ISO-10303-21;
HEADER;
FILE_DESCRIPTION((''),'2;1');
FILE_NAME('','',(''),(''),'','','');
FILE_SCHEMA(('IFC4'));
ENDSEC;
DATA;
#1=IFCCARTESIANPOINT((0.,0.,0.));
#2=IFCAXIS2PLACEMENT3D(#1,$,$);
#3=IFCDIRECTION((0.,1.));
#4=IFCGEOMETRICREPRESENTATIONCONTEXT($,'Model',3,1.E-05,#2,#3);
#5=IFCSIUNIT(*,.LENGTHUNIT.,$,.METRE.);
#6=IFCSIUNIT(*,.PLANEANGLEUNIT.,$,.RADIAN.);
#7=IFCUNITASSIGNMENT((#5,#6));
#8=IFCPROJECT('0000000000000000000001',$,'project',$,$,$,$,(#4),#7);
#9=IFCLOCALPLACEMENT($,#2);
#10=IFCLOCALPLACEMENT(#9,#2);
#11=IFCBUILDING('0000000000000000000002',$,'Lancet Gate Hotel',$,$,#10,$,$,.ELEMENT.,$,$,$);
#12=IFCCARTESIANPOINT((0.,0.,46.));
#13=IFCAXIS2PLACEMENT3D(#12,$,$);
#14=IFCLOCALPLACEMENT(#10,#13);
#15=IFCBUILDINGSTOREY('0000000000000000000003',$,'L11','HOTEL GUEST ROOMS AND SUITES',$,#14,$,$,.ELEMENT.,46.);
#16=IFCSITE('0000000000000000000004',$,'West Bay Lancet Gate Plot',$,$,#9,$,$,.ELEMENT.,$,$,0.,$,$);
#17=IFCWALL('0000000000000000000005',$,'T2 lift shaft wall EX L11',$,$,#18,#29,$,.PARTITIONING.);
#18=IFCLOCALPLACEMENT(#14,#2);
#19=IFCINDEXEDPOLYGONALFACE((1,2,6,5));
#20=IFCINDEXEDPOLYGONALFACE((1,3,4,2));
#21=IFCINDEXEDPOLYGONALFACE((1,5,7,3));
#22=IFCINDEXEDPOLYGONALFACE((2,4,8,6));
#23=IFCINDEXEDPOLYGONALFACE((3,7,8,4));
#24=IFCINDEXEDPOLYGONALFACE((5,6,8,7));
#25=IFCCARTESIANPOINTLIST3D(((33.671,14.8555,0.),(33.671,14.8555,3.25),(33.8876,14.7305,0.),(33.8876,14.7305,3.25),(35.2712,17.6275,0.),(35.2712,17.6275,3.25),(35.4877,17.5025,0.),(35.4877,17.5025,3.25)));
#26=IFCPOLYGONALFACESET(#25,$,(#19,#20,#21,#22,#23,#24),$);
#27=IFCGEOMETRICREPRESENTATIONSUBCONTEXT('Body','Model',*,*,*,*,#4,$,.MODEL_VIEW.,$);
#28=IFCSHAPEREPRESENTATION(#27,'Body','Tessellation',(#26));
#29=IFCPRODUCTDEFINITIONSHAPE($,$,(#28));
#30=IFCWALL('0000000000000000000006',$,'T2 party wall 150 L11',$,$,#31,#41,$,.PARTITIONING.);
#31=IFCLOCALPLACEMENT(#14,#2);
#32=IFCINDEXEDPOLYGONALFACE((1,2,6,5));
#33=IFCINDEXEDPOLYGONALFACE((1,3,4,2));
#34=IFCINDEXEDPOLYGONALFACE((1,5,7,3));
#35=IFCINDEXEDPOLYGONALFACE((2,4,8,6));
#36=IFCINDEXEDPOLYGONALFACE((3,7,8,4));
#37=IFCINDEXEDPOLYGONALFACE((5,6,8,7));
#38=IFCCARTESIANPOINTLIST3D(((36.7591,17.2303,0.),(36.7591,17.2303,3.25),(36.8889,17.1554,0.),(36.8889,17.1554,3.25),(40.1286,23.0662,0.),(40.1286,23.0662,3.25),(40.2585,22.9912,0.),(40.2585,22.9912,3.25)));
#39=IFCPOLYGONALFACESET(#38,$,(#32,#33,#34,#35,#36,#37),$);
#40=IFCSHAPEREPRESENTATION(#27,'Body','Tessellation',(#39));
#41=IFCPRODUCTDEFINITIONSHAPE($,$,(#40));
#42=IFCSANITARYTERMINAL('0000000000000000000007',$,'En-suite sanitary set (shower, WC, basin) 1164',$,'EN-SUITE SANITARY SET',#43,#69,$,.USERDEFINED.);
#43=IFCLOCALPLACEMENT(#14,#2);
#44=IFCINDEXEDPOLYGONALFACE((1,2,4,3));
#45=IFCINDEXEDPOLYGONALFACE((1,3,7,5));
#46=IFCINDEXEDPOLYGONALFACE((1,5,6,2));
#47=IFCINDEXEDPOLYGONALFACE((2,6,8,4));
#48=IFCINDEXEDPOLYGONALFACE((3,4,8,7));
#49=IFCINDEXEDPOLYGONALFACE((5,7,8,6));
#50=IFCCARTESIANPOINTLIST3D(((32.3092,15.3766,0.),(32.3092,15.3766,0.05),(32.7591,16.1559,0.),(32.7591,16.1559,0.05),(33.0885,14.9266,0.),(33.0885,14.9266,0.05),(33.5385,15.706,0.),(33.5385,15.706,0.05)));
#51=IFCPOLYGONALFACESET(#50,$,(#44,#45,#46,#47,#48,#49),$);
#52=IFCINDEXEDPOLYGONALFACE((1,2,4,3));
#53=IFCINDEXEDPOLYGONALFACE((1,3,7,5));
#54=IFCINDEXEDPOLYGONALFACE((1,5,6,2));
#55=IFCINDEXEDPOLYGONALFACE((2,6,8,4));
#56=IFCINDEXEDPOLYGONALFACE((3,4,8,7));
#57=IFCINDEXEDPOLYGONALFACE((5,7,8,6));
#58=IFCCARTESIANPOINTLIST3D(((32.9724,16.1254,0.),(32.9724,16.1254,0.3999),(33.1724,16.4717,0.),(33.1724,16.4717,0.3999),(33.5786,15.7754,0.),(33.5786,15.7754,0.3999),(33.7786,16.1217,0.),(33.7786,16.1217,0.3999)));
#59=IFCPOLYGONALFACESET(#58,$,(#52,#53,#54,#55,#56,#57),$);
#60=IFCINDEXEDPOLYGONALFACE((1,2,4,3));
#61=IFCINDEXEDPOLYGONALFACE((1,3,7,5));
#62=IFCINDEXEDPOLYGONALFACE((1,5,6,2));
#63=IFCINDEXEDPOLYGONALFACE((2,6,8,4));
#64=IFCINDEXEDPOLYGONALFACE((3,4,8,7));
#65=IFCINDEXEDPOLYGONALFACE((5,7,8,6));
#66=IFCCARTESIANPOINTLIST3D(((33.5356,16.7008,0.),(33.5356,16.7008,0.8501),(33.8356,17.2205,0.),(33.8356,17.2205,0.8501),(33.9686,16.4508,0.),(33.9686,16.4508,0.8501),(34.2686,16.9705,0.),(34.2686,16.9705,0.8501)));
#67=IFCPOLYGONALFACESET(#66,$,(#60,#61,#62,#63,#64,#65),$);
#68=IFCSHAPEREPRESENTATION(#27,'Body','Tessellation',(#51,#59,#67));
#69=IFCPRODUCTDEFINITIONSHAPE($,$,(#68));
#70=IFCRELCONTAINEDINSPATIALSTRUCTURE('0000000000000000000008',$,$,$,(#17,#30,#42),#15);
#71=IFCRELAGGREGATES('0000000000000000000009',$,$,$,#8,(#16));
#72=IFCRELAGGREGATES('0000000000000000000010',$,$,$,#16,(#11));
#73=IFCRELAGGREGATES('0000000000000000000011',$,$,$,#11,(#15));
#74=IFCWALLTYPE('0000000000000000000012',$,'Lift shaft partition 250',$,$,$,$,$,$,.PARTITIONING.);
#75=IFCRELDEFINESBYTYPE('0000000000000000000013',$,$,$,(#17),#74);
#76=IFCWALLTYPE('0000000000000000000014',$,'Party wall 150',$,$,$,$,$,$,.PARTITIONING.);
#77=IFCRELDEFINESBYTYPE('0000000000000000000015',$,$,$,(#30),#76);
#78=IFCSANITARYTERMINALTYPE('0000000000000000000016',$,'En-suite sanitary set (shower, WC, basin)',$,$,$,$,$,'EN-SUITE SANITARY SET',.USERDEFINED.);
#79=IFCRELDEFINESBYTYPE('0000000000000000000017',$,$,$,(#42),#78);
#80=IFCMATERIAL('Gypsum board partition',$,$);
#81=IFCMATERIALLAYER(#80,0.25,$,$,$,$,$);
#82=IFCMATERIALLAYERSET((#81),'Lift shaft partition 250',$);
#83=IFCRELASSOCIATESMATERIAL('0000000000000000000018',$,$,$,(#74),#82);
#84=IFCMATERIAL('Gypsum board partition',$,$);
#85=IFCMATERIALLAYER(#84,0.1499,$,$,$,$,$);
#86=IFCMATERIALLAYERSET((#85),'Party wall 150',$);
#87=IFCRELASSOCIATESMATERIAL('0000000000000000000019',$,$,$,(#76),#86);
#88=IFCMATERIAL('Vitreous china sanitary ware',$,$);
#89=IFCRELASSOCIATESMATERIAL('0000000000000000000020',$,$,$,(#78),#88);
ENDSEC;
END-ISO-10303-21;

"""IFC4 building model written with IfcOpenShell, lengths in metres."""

from ifc_helpers import new_model, si_unit, direction, frame, frame_2d, origin, origin_2d, place, context, subcontext, project, spatial, rectangle, extrude, material, layer, layer_set, type_object, element, save


model = new_model("IFC4")

# Units and contexts
model_context = context("Model", 3, precision=1e-05, world=origin(), true_north=direction((0.0, 1.0)))
body_context = subcontext(model_context, "Body", "Model", "MODEL_VIEW")
ifc_project = project(units=[si_unit("LENGTHUNIT", "METRE"), si_unit("PLANEANGLEUNIT", "RADIAN")], contexts=[model_context])

# Site, building, storey
site_placement = place(None, origin())
site = spatial("IfcSite", under=ifc_project, at=site_placement, Name="West Bay Lancet Gate Plot", CompositionType="ELEMENT", RefElevation=0.0)
building_placement = place(site_placement, origin())
building = spatial("IfcBuilding", under=site, at=building_placement, Name="Lancet Gate Hotel", CompositionType="ELEMENT")
storey_placement = place(building_placement, frame((0.0, 0.0, 46.0)))
storey = spatial("IfcBuildingStorey", under=building, at=storey_placement, Name="L11", Description="HOTEL GUEST ROOMS AND SUITES", CompositionType="ELEMENT", Elevation=46.0)

# Walls
ifc_material_1 = material(Name="Gypsum board partition")
ifc_layer_1 = layer(ifc_material_1, 0.25)
ifc_layer_set_1 = layer_set([ifc_layer_1], Name="Lift shaft partition 250")
wall_type_1 = type_object("IfcWallType", Name="Lift shaft partition 250", PredefinedType="PARTITIONING", material=ifc_layer_set_1)
wall_1_placement = place(storey_placement, frame((33.7793, 14.793, 0.0), z_axis=(0.0, 0.0, 1.0), x_axis=(0.499929, 0.866066, 0.0)))
element("IfcWall", 1, at=wall_1_placement, inside=storey, type_object=wall_type_1, Name="T2 lift shaft wall EX L11", PredefinedType="PARTITIONING", context=body_context, shape_type="SweptSolid", body=[
    extrude(rectangle(XDim=3.2007, YDim=0.25, at=frame_2d((1.6003, 0.0))), origin(), (0.0, 0.0, 1.0), 3.25),
])
ifc_material_2 = material(Name="Gypsum board partition")
ifc_layer_2 = layer(ifc_material_2, 0.1499)
ifc_layer_set_2 = layer_set([ifc_layer_2], Name="Party wall 150")
wall_type_2 = type_object("IfcWallType", Name="Party wall 150", PredefinedType="PARTITIONING", material=ifc_layer_set_2)
wall_2_placement = place(storey_placement, frame((36.824, 17.1929, 0.0), z_axis=(0.0, 0.0, 1.0), x_axis=(0.500028, 0.866009, 0.0)))
element("IfcWall", 2, at=wall_2_placement, inside=storey, type_object=wall_type_2, Name="T2 party wall 150 L11", PredefinedType="PARTITIONING", context=body_context, shape_type="SweptSolid", body=[
    extrude(rectangle(XDim=6.7388, YDim=0.1499, at=frame_2d((3.3694, 0.0))), origin(), (0.0, 0.0, 1.0), 3.25),
])

# Sanitary terminal
ifc_material_3 = material(Name="Vitreous china sanitary ware")
sanitary_terminal_type = type_object("IfcSanitaryTerminalType", Name="En-suite sanitary set (shower, WC, basin)", ElementType="EN-SUITE SANITARY SET", PredefinedType="USERDEFINED", material=ifc_material_3)
sanitary_terminal_placement = place(storey_placement, frame((32.9238, 15.5413, 0.0), z_axis=(0.0, 0.0, 1.0), x_axis=(1.0, 0.0, 0.0)))
element("IfcSanitaryTerminal", 3, at=sanitary_terminal_placement, inside=storey, type_object=sanitary_terminal_type, Name="En-suite sanitary set (shower, WC, basin) 1164", ObjectType="EN-SUITE SANITARY SET", PredefinedType="USERDEFINED", context=body_context, shape_type="SweptSolid", body=[
    extrude(rectangle(XDim=0.8999, YDim=0.8999, at=origin_2d()), frame((0.0, 0.0, 0.0), z_axis=(0.0, 0.0, 1.0), x_axis=(-0.5, -0.866025, 0.0)), (0.0, 0.0, 1.0), 0.05),
    extrude(rectangle(XDim=0.3999, YDim=0.7, at=origin_2d()), frame((0.4517, 0.5823, 0.0), z_axis=(0.0, 0.0, 1.0), x_axis=(-0.5, -0.866025, 0.0)), (0.0, 0.0, 1.0), 0.3999),
    extrude(rectangle(XDim=0.6001, YDim=0.5, at=origin_2d()), frame((0.9783, 1.2944, 0.0), z_axis=(0.0, 0.0, 1.0), x_axis=(-0.5, -0.866025, 0.0)), (0.0, 0.0, 1.0), 0.8501),
])

save(model, "model.ifc")
